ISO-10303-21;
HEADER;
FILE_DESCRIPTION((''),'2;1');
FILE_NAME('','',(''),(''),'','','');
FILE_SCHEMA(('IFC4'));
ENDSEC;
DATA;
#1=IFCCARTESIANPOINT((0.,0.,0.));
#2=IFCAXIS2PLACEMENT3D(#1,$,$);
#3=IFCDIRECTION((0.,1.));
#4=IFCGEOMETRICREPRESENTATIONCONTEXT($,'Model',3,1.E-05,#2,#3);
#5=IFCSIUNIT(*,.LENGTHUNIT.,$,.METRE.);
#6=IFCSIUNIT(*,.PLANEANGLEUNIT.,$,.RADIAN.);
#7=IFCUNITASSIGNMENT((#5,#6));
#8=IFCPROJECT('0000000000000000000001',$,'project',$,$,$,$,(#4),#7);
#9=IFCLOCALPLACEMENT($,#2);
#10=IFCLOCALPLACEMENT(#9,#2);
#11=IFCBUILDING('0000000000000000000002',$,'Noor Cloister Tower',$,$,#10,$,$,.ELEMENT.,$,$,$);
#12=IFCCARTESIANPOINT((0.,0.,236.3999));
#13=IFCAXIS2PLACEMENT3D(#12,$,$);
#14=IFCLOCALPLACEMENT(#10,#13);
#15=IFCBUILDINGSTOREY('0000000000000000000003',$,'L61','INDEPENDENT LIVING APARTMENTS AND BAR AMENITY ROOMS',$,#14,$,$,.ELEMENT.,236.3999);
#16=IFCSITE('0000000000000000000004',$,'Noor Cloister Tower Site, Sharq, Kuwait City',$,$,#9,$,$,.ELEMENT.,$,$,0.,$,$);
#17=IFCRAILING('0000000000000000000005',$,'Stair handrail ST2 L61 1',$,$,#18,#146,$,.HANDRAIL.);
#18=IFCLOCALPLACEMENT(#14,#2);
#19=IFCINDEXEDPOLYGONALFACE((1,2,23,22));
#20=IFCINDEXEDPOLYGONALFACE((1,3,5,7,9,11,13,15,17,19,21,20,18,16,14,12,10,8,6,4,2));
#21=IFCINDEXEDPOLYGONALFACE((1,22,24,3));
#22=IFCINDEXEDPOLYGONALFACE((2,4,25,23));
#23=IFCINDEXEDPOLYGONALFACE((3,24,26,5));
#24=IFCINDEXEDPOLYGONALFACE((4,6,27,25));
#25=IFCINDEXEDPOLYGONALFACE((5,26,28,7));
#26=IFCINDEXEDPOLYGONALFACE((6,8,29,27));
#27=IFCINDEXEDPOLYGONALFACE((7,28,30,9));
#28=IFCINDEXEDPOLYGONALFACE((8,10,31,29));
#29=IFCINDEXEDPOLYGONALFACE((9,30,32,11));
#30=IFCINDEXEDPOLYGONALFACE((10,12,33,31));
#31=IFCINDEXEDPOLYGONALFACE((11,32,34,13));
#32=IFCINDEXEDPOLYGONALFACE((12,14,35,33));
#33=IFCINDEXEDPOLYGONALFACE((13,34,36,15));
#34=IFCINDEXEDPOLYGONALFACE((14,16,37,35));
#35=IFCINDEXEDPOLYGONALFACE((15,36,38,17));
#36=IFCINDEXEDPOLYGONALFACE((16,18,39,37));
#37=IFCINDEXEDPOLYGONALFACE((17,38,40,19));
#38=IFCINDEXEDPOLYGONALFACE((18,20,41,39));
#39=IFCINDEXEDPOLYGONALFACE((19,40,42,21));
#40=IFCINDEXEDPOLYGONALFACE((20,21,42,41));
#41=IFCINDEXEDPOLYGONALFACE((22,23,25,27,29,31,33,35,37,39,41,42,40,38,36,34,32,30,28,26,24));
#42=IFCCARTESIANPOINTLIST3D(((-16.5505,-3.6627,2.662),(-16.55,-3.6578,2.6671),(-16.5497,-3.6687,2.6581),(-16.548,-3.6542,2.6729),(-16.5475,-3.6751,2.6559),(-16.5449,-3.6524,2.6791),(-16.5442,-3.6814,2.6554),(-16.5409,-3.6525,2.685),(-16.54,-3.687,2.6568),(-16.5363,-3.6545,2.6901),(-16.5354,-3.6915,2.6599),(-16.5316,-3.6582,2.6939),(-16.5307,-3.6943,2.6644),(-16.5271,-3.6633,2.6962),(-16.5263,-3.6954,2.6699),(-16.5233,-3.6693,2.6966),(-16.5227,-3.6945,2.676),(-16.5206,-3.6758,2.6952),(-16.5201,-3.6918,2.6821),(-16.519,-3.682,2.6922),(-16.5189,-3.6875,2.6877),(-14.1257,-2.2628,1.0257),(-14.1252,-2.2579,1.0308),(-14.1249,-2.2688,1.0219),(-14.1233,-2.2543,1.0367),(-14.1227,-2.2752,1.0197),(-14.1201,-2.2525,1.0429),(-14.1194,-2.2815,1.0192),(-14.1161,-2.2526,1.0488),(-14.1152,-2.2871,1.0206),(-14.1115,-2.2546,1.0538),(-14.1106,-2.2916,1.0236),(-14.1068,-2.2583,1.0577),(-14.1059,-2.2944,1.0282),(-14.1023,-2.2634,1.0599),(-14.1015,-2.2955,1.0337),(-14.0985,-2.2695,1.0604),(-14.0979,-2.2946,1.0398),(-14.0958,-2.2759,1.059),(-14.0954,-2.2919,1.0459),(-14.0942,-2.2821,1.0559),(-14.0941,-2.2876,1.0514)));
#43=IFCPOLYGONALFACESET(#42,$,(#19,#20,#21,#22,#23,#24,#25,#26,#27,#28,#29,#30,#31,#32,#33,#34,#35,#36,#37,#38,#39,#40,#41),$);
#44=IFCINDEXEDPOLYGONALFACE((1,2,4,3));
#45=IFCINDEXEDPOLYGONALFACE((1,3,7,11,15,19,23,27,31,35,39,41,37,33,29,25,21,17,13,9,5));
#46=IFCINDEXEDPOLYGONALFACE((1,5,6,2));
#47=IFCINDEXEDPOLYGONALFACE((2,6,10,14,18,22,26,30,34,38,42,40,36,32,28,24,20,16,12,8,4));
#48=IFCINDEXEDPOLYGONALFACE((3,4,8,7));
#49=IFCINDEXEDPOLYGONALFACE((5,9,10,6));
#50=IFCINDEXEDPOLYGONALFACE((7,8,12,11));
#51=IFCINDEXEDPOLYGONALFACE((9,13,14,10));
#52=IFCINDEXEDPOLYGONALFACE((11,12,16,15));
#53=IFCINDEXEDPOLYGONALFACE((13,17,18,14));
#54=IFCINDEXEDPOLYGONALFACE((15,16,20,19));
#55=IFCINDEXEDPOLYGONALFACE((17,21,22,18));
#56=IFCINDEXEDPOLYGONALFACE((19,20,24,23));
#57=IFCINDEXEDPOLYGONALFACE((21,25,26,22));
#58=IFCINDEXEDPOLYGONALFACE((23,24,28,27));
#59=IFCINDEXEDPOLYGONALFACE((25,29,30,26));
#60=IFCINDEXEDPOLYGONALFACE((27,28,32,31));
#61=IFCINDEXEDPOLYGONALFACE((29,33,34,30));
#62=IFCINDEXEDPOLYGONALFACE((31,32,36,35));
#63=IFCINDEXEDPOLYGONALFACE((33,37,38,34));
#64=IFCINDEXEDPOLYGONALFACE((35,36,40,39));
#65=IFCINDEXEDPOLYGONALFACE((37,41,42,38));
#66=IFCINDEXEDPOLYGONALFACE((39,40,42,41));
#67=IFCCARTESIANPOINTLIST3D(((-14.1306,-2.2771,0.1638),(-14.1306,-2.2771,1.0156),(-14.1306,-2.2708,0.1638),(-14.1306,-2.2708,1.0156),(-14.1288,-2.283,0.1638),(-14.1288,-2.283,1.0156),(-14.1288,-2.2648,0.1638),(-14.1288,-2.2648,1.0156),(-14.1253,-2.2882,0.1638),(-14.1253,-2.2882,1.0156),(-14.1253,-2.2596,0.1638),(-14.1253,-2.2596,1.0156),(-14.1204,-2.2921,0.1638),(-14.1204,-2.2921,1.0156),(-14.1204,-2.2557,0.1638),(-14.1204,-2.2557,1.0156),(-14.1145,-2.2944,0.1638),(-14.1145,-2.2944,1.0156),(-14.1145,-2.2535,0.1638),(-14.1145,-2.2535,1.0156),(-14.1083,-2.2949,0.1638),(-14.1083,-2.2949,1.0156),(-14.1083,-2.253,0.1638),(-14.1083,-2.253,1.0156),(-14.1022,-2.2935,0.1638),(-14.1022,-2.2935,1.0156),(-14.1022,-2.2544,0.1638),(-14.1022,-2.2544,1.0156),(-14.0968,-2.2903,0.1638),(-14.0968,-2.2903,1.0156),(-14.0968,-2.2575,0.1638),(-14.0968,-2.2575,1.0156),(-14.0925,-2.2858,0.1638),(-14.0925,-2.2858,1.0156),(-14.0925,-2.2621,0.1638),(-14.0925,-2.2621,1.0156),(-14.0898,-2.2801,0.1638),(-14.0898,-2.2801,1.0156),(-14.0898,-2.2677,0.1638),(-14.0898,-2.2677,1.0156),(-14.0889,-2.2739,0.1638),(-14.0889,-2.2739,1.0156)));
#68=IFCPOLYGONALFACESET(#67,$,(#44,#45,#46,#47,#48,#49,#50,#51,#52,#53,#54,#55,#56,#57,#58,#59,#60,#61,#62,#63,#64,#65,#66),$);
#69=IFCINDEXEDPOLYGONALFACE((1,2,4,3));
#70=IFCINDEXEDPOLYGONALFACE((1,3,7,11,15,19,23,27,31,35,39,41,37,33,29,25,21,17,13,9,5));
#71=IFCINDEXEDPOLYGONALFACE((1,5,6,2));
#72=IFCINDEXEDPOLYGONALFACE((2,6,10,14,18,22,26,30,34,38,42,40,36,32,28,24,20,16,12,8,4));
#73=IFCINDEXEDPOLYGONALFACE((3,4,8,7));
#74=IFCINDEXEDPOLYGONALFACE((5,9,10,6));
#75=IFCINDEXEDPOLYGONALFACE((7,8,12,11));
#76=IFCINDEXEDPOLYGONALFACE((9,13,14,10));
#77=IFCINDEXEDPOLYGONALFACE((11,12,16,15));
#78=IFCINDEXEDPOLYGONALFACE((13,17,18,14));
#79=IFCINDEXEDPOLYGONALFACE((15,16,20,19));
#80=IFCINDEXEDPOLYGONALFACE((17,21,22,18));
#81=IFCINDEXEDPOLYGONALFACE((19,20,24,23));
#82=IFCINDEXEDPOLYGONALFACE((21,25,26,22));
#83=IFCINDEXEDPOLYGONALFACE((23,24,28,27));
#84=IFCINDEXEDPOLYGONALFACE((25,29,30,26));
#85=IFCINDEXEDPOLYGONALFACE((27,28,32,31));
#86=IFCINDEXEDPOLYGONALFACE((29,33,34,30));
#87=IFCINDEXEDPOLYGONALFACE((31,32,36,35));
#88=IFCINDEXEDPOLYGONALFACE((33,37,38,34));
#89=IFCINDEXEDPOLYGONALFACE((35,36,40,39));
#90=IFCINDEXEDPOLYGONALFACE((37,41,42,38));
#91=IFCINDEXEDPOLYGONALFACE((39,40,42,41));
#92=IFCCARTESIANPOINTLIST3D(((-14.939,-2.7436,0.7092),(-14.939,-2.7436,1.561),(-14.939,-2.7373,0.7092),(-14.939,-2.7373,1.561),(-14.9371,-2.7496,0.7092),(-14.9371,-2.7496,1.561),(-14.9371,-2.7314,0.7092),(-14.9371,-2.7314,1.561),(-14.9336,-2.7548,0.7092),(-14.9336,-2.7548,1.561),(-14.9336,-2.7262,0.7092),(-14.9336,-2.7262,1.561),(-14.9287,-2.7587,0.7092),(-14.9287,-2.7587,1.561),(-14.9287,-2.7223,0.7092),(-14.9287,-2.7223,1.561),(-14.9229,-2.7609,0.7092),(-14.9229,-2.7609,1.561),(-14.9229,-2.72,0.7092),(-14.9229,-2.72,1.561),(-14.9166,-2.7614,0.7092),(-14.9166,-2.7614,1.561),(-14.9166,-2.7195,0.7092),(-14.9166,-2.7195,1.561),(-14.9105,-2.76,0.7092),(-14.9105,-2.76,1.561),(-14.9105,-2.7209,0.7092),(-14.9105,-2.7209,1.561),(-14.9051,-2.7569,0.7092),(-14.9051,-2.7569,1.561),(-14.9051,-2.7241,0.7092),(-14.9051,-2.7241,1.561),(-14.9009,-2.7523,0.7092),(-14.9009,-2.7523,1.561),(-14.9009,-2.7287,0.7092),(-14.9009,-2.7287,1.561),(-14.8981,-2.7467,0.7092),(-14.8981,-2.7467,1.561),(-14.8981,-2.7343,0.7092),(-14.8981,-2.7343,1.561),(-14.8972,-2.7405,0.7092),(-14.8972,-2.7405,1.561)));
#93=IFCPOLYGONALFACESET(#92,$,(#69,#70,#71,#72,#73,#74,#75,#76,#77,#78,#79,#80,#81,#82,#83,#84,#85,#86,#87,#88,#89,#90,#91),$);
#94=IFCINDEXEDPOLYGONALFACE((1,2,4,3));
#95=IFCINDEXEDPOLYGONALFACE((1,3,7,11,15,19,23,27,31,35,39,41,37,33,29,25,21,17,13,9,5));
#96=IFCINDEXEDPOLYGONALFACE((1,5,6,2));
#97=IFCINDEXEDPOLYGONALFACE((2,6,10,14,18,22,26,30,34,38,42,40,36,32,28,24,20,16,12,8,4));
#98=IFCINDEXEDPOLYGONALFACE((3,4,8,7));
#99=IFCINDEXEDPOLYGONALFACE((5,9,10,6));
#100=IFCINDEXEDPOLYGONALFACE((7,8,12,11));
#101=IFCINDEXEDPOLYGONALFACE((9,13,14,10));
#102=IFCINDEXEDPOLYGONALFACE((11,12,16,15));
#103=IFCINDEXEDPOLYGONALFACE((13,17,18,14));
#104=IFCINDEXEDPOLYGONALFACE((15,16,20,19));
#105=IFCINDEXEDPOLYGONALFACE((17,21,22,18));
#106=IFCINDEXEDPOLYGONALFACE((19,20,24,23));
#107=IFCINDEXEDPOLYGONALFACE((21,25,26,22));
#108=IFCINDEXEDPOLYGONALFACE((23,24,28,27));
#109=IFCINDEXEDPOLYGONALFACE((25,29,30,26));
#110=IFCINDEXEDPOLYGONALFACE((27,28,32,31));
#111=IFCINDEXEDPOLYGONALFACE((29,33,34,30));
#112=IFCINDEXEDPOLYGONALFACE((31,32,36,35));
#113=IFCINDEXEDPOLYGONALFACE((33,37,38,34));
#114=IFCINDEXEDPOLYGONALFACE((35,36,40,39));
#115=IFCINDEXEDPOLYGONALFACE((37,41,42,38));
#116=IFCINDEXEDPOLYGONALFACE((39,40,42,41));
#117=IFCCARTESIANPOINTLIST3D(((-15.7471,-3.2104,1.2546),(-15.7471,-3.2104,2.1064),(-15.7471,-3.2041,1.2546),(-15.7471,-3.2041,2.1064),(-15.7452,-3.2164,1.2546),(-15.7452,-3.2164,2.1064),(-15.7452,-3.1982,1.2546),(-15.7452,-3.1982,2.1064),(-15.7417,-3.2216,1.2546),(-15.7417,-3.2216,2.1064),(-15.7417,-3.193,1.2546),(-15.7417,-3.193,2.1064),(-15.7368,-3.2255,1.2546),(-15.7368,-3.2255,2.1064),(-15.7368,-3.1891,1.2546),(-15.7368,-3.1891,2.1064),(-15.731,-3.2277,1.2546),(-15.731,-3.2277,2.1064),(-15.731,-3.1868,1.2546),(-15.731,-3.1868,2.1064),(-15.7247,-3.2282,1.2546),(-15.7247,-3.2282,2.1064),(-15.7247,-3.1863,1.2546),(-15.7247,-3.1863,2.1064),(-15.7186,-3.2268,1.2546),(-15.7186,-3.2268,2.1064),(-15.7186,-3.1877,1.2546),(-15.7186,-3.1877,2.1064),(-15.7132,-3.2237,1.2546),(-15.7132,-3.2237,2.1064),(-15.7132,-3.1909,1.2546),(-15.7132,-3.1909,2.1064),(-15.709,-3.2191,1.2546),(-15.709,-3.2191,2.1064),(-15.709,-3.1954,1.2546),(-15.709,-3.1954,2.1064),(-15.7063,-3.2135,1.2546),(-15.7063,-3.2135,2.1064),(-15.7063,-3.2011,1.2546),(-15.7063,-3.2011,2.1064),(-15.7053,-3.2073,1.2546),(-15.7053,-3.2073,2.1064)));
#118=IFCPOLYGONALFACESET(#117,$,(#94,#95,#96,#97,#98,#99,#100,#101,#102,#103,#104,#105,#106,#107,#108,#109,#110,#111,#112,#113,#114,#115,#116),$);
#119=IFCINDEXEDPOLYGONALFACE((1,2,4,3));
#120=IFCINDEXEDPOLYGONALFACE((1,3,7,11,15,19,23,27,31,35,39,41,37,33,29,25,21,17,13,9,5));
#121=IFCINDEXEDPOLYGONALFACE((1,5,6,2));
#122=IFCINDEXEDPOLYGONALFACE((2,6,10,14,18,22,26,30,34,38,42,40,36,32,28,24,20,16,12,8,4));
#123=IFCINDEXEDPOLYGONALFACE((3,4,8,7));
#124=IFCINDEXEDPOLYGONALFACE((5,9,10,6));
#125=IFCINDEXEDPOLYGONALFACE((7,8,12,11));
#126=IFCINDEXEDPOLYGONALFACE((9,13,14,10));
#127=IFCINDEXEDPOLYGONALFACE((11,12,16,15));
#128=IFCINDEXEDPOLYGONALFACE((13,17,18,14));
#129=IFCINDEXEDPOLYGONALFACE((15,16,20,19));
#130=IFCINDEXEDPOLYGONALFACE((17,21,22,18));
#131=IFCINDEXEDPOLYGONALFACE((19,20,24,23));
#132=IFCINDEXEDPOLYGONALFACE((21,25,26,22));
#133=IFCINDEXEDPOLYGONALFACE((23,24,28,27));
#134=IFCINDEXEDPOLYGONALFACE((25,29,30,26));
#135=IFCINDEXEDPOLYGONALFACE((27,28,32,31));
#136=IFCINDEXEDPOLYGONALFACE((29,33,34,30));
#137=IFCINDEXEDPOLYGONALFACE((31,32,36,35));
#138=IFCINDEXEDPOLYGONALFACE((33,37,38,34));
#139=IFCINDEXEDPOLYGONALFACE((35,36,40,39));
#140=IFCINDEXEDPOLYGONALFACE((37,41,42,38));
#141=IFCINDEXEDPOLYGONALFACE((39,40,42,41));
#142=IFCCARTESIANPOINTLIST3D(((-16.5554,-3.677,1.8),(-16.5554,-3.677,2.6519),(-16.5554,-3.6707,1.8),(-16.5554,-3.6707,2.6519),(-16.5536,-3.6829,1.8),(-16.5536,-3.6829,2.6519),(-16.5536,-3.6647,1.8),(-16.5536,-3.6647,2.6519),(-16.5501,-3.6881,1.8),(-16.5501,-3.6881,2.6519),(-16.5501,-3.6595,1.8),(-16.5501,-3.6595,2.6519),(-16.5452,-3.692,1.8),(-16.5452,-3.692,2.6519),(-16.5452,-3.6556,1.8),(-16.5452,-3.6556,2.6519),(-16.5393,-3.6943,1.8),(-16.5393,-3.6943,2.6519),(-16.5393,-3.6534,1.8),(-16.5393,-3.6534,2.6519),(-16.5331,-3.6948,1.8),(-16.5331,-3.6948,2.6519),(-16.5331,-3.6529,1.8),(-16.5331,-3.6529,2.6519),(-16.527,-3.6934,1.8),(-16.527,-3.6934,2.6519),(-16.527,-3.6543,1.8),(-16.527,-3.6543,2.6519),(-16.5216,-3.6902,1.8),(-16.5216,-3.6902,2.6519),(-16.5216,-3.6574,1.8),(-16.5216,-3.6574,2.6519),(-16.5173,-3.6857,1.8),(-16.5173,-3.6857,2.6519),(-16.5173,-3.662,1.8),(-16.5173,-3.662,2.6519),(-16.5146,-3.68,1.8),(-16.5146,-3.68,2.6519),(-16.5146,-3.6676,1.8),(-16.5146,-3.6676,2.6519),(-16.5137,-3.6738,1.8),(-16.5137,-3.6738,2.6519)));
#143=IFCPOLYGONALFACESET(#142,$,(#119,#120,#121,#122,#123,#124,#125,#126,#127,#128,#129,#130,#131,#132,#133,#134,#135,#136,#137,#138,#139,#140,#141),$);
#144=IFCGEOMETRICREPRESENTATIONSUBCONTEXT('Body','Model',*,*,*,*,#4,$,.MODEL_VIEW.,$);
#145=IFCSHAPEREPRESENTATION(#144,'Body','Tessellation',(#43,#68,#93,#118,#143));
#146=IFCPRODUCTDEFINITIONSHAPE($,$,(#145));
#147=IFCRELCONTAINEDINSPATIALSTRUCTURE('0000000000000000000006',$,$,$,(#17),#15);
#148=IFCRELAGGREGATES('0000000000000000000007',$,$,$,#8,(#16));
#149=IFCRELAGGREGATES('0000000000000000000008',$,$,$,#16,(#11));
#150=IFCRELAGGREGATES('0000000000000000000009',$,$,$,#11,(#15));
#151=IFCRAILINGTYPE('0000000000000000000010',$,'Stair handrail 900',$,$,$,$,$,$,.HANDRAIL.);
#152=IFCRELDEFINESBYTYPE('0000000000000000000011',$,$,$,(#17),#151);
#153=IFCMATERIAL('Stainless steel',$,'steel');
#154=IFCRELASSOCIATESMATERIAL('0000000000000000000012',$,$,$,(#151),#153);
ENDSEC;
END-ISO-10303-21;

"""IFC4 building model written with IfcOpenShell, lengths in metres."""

from ifc_helpers import new_model, si_unit, direction, frame, origin, origin_2d, place, context, subcontext, project, spatial, circle, extrude, material, type_object, element, save


model = new_model("IFC4")

# Units and contexts
model_context = context("Model", 3, precision=1e-05, world=origin(), true_north=direction((0.0, 1.0)))
body_context = subcontext(model_context, "Body", "Model", "MODEL_VIEW")
ifc_project = project(units=[si_unit("LENGTHUNIT", "METRE"), si_unit("PLANEANGLEUNIT", "RADIAN")], contexts=[model_context])

# Site, building, storey
site_placement = place(None, origin())
site = spatial("IfcSite", under=ifc_project, at=site_placement, Name="Noor Cloister Tower Site, Sharq, Kuwait City", CompositionType="ELEMENT", RefElevation=0.0)
building_placement = place(site_placement, origin())
building = spatial("IfcBuilding", under=site, at=building_placement, Name="Noor Cloister Tower", CompositionType="ELEMENT")
storey_placement = place(building_placement, frame((0.0, 0.0, 236.3999)))
storey = spatial("IfcBuildingStorey", under=building, at=storey_placement, Name="L61", Description="INDEPENDENT LIVING APARTMENTS AND BAR AMENITY ROOMS", CompositionType="ELEMENT", Elevation=236.3999)

# Railing
ifc_material_1 = material(Name="Stainless steel", Category="steel")
railing_type_1 = type_object("IfcRailingType", Name="Stair handrail 900", PredefinedType="HANDRAIL", material=ifc_material_1)
railing_1_placement = place(storey_placement, frame((-14.1099, -2.2739, 0.1638)))
element("IfcRailing", 1, at=railing_1_placement, inside=storey, type_object=railing_type_1, Name="Stair handrail ST2 L61 1", PredefinedType="HANDRAIL", context=body_context, shape_type="SweptSolid", body=[
    extrude(circle(Radius=0.0239, at=origin_2d()), frame((0.0, 0.0, 0.876), z_axis=(-0.747718, -0.431677, 0.504552), x_axis=(0.499984, -0.866035, 0.0)), (0.0, 0.0, 1.0), 3.2429),
    extrude(circle(Radius=0.021, at=origin_2d()), origin(), (0.0, 0.0, 1.0), 0.8518),
    extrude(circle(Radius=0.021, at=origin_2d()), frame((-0.8083, -0.4666, 0.5454)), (0.0, 0.0, 1.0), 0.8518),
    extrude(circle(Radius=0.021, at=origin_2d()), frame((-1.6165, -0.9333, 1.0908)), (0.0, 0.0, 1.0), 0.8518),
    extrude(circle(Radius=0.021, at=origin_2d()), frame((-2.4248, -1.3999, 1.6362)), (0.0, 0.0, 1.0), 0.8518),
])

save(model, "model.ifc")
